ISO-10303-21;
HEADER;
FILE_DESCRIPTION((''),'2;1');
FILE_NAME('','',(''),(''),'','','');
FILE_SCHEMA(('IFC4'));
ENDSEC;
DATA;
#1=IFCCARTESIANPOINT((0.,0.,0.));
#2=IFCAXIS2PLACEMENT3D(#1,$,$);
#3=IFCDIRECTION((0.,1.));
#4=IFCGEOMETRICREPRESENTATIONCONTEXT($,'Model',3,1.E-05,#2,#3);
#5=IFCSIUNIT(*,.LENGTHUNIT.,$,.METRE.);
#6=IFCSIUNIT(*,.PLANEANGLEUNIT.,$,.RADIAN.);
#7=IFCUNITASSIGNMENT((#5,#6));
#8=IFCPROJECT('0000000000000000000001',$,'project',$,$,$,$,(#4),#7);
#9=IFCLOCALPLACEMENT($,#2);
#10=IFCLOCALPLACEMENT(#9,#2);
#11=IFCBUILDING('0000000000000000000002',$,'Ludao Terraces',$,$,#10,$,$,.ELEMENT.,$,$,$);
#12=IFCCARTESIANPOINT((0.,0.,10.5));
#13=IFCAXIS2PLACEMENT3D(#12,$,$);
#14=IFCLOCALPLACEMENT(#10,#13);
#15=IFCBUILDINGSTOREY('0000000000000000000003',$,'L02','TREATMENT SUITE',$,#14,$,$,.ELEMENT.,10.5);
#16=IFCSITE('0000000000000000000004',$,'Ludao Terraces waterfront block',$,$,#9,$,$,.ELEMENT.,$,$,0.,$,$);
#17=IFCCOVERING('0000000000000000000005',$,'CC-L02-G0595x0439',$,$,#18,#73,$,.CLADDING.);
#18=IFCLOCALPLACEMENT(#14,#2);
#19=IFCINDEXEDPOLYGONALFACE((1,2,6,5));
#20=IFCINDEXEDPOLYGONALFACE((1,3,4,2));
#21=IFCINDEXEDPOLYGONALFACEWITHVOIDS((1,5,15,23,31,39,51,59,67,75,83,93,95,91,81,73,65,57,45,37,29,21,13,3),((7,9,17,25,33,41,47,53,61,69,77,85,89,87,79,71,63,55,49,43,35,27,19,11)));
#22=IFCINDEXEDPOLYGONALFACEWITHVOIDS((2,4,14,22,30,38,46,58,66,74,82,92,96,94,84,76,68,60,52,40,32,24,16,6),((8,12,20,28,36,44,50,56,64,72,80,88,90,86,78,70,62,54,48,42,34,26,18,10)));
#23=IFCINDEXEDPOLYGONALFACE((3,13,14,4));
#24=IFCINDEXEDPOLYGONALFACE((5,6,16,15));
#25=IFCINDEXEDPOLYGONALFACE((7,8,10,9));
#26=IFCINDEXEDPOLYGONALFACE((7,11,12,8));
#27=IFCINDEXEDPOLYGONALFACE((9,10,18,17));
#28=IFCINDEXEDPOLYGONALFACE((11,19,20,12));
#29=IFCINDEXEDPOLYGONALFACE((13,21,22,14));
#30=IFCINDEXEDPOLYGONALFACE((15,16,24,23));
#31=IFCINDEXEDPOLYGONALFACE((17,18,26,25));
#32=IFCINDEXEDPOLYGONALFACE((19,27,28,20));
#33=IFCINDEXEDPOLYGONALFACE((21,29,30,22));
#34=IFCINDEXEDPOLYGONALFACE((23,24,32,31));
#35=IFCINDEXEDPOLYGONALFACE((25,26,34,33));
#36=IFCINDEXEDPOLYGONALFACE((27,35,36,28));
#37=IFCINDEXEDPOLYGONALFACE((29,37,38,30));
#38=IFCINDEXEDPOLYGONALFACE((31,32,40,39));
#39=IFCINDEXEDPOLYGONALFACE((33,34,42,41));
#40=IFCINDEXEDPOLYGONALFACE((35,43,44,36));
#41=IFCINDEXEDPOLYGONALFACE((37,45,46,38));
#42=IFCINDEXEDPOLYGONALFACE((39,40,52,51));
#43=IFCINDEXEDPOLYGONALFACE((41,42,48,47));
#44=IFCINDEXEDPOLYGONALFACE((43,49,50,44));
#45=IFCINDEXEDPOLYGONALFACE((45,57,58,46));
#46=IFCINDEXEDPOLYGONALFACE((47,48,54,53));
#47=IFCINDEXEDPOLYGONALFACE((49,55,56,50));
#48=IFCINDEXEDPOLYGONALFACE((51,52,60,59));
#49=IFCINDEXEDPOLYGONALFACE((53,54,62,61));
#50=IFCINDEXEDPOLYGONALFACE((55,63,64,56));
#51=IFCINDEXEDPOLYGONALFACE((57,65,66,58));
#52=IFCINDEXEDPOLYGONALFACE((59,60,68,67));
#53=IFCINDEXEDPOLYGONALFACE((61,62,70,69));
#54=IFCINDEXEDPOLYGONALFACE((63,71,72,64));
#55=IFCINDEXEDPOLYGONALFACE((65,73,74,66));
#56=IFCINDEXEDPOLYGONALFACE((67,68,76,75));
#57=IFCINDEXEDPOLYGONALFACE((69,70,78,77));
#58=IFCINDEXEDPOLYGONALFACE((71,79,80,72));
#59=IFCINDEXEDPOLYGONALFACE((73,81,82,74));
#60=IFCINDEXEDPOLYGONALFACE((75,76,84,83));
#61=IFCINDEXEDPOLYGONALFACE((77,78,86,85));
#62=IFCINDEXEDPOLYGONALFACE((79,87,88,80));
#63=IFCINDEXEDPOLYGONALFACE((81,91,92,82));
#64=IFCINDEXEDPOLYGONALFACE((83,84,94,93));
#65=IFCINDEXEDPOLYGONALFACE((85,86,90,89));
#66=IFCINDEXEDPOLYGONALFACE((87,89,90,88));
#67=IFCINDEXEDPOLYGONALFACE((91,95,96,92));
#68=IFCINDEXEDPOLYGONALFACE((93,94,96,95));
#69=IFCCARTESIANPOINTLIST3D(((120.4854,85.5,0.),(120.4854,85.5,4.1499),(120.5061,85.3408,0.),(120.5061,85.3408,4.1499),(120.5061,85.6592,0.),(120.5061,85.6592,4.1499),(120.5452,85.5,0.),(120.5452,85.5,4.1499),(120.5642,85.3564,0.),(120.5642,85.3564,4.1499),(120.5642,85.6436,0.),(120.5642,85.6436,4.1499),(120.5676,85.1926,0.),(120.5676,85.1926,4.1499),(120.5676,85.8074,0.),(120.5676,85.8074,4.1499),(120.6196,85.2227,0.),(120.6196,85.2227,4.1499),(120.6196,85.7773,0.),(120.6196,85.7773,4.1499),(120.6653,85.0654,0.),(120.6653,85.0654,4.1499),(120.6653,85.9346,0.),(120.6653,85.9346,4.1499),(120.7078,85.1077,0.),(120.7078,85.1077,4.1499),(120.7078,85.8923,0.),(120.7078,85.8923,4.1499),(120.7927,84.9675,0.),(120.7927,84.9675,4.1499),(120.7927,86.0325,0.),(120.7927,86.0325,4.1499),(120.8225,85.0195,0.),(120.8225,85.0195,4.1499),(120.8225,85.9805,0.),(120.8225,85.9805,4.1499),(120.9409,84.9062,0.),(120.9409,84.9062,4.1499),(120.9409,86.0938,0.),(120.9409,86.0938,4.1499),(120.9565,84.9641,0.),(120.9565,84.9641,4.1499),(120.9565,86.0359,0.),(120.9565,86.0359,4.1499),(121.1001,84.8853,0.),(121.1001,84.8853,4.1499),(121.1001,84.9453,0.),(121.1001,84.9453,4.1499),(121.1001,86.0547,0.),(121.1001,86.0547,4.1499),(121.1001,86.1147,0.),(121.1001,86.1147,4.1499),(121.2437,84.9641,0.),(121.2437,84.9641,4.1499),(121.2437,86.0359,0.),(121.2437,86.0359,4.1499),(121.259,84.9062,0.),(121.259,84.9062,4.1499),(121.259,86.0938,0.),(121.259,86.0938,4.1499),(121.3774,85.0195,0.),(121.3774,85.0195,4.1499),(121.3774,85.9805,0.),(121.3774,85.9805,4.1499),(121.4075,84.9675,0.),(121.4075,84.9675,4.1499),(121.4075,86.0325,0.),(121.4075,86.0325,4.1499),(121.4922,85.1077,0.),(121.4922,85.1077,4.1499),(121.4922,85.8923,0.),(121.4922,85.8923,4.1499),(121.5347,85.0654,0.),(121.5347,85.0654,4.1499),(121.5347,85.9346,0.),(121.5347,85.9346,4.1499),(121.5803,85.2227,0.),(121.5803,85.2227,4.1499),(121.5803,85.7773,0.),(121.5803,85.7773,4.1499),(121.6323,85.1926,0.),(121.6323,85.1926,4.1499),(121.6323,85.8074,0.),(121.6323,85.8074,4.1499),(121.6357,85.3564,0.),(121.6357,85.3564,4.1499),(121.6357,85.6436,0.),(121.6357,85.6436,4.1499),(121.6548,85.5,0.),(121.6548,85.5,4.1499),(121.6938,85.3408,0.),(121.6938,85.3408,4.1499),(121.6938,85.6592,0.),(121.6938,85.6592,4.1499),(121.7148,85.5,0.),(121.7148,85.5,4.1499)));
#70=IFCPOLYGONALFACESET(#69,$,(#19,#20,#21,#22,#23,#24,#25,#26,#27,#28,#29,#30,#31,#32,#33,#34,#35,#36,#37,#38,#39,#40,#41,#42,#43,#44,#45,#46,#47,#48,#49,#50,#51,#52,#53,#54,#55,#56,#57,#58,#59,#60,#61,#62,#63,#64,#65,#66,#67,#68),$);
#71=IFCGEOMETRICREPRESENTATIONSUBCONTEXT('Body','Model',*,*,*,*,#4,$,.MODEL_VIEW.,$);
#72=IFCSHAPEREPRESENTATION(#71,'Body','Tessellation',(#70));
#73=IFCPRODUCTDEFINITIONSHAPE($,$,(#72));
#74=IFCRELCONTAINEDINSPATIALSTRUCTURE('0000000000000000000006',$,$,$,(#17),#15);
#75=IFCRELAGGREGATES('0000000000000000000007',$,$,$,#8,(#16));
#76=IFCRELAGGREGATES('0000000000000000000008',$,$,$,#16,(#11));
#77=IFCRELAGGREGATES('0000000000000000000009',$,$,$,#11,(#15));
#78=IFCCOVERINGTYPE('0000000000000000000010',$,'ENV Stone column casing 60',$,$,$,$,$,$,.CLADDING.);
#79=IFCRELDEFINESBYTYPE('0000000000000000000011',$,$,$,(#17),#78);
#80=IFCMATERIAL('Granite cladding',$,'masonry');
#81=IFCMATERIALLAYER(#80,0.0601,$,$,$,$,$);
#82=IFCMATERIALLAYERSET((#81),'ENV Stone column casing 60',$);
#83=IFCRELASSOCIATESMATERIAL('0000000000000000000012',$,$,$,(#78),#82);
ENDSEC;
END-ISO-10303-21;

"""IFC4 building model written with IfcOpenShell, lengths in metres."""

from ifc_helpers import new_model, si_unit, direction, frame, origin, place, context, subcontext, project, spatial, polyline, outline, extrude, material, layer, layer_set, type_object, element, save


model = new_model("IFC4")

# Units and contexts
model_context = context("Model", 3, precision=1e-05, world=origin(), true_north=direction((0.0, 1.0)))
body_context = subcontext(model_context, "Body", "Model", "MODEL_VIEW")
ifc_project = project(units=[si_unit("LENGTHUNIT", "METRE"), si_unit("PLANEANGLEUNIT", "RADIAN")], contexts=[model_context])

# Site, building, storey
site_placement = place(None, origin())
site = spatial("IfcSite", under=ifc_project, at=site_placement, Name="Ludao Terraces waterfront block", CompositionType="ELEMENT", RefElevation=0.0)
building_placement = place(site_placement, origin())
building = spatial("IfcBuilding", under=site, at=building_placement, Name="Ludao Terraces", CompositionType="ELEMENT")
storey_placement = place(building_placement, frame((0.0, 0.0, 10.5)))
storey = spatial("IfcBuildingStorey", under=building, at=storey_placement, Name="L02", Description="TREATMENT SUITE", CompositionType="ELEMENT", Elevation=10.5)

# Covering
ifc_material_1 = material(Name="Granite cladding", Category="masonry")
ifc_layer_1 = layer(ifc_material_1, 0.0601)
ifc_layer_set_1 = layer_set([ifc_layer_1], Name="ENV Stone column casing 60")
covering_type = type_object("IfcCoveringType", Name="ENV Stone column casing 60", PredefinedType="CLADDING", material=ifc_layer_set_1)
covering_1_placement = place(storey_placement, origin())
element("IfcCovering", 1, at=covering_1_placement, inside=storey, type_object=covering_type, Name="CC-L02-G0595x0439", PredefinedType="CLADDING", context=body_context, shape_type="SweptSolid", body=[
    extrude(outline(polyline([(121.7148, 85.5), (121.6938, 85.6592), (121.6323, 85.8074), (121.5347, 85.9346), (121.4075, 86.0325), (121.259, 86.0938), (121.1001, 86.1147), (120.9409, 86.0938), (120.7927, 86.0325), (120.6653, 85.9346), (120.5676, 85.8074), (120.5061, 85.6592), (120.4854, 85.5), (120.5061, 85.3408), (120.5676, 85.1926), (120.6653, 85.0654), (120.7927, 84.9675), (120.9409, 84.9062), (121.1001, 84.8853), (121.259, 84.9062), (121.4075, 84.9675), (121.5347, 85.0654), (121.6323, 85.1926), (121.6938, 85.3408), (121.7148, 85.5)]), holes=[polyline([(121.6357, 85.3564), (121.5803, 85.2227), (121.4922, 85.1077), (121.3774, 85.0195), (121.2437, 84.9641), (121.1001, 84.9453), (120.9565, 84.9641), (120.8225, 85.0195), (120.7078, 85.1077), (120.6196, 85.2227), (120.5642, 85.3564), (120.5452, 85.5), (120.5642, 85.6436), (120.6196, 85.7773), (120.7078, 85.8923), (120.8225, 85.9805), (120.9565, 86.0359), (121.1001, 86.0547), (121.2437, 86.0359), (121.3774, 85.9805), (121.4922, 85.8923), (121.5803, 85.7773), (121.6357, 85.6436), (121.6548, 85.5), (121.6357, 85.3564)])]), origin(), (0.0, 0.0, 1.0), 4.1499),
])

save(model, "model.ifc")
